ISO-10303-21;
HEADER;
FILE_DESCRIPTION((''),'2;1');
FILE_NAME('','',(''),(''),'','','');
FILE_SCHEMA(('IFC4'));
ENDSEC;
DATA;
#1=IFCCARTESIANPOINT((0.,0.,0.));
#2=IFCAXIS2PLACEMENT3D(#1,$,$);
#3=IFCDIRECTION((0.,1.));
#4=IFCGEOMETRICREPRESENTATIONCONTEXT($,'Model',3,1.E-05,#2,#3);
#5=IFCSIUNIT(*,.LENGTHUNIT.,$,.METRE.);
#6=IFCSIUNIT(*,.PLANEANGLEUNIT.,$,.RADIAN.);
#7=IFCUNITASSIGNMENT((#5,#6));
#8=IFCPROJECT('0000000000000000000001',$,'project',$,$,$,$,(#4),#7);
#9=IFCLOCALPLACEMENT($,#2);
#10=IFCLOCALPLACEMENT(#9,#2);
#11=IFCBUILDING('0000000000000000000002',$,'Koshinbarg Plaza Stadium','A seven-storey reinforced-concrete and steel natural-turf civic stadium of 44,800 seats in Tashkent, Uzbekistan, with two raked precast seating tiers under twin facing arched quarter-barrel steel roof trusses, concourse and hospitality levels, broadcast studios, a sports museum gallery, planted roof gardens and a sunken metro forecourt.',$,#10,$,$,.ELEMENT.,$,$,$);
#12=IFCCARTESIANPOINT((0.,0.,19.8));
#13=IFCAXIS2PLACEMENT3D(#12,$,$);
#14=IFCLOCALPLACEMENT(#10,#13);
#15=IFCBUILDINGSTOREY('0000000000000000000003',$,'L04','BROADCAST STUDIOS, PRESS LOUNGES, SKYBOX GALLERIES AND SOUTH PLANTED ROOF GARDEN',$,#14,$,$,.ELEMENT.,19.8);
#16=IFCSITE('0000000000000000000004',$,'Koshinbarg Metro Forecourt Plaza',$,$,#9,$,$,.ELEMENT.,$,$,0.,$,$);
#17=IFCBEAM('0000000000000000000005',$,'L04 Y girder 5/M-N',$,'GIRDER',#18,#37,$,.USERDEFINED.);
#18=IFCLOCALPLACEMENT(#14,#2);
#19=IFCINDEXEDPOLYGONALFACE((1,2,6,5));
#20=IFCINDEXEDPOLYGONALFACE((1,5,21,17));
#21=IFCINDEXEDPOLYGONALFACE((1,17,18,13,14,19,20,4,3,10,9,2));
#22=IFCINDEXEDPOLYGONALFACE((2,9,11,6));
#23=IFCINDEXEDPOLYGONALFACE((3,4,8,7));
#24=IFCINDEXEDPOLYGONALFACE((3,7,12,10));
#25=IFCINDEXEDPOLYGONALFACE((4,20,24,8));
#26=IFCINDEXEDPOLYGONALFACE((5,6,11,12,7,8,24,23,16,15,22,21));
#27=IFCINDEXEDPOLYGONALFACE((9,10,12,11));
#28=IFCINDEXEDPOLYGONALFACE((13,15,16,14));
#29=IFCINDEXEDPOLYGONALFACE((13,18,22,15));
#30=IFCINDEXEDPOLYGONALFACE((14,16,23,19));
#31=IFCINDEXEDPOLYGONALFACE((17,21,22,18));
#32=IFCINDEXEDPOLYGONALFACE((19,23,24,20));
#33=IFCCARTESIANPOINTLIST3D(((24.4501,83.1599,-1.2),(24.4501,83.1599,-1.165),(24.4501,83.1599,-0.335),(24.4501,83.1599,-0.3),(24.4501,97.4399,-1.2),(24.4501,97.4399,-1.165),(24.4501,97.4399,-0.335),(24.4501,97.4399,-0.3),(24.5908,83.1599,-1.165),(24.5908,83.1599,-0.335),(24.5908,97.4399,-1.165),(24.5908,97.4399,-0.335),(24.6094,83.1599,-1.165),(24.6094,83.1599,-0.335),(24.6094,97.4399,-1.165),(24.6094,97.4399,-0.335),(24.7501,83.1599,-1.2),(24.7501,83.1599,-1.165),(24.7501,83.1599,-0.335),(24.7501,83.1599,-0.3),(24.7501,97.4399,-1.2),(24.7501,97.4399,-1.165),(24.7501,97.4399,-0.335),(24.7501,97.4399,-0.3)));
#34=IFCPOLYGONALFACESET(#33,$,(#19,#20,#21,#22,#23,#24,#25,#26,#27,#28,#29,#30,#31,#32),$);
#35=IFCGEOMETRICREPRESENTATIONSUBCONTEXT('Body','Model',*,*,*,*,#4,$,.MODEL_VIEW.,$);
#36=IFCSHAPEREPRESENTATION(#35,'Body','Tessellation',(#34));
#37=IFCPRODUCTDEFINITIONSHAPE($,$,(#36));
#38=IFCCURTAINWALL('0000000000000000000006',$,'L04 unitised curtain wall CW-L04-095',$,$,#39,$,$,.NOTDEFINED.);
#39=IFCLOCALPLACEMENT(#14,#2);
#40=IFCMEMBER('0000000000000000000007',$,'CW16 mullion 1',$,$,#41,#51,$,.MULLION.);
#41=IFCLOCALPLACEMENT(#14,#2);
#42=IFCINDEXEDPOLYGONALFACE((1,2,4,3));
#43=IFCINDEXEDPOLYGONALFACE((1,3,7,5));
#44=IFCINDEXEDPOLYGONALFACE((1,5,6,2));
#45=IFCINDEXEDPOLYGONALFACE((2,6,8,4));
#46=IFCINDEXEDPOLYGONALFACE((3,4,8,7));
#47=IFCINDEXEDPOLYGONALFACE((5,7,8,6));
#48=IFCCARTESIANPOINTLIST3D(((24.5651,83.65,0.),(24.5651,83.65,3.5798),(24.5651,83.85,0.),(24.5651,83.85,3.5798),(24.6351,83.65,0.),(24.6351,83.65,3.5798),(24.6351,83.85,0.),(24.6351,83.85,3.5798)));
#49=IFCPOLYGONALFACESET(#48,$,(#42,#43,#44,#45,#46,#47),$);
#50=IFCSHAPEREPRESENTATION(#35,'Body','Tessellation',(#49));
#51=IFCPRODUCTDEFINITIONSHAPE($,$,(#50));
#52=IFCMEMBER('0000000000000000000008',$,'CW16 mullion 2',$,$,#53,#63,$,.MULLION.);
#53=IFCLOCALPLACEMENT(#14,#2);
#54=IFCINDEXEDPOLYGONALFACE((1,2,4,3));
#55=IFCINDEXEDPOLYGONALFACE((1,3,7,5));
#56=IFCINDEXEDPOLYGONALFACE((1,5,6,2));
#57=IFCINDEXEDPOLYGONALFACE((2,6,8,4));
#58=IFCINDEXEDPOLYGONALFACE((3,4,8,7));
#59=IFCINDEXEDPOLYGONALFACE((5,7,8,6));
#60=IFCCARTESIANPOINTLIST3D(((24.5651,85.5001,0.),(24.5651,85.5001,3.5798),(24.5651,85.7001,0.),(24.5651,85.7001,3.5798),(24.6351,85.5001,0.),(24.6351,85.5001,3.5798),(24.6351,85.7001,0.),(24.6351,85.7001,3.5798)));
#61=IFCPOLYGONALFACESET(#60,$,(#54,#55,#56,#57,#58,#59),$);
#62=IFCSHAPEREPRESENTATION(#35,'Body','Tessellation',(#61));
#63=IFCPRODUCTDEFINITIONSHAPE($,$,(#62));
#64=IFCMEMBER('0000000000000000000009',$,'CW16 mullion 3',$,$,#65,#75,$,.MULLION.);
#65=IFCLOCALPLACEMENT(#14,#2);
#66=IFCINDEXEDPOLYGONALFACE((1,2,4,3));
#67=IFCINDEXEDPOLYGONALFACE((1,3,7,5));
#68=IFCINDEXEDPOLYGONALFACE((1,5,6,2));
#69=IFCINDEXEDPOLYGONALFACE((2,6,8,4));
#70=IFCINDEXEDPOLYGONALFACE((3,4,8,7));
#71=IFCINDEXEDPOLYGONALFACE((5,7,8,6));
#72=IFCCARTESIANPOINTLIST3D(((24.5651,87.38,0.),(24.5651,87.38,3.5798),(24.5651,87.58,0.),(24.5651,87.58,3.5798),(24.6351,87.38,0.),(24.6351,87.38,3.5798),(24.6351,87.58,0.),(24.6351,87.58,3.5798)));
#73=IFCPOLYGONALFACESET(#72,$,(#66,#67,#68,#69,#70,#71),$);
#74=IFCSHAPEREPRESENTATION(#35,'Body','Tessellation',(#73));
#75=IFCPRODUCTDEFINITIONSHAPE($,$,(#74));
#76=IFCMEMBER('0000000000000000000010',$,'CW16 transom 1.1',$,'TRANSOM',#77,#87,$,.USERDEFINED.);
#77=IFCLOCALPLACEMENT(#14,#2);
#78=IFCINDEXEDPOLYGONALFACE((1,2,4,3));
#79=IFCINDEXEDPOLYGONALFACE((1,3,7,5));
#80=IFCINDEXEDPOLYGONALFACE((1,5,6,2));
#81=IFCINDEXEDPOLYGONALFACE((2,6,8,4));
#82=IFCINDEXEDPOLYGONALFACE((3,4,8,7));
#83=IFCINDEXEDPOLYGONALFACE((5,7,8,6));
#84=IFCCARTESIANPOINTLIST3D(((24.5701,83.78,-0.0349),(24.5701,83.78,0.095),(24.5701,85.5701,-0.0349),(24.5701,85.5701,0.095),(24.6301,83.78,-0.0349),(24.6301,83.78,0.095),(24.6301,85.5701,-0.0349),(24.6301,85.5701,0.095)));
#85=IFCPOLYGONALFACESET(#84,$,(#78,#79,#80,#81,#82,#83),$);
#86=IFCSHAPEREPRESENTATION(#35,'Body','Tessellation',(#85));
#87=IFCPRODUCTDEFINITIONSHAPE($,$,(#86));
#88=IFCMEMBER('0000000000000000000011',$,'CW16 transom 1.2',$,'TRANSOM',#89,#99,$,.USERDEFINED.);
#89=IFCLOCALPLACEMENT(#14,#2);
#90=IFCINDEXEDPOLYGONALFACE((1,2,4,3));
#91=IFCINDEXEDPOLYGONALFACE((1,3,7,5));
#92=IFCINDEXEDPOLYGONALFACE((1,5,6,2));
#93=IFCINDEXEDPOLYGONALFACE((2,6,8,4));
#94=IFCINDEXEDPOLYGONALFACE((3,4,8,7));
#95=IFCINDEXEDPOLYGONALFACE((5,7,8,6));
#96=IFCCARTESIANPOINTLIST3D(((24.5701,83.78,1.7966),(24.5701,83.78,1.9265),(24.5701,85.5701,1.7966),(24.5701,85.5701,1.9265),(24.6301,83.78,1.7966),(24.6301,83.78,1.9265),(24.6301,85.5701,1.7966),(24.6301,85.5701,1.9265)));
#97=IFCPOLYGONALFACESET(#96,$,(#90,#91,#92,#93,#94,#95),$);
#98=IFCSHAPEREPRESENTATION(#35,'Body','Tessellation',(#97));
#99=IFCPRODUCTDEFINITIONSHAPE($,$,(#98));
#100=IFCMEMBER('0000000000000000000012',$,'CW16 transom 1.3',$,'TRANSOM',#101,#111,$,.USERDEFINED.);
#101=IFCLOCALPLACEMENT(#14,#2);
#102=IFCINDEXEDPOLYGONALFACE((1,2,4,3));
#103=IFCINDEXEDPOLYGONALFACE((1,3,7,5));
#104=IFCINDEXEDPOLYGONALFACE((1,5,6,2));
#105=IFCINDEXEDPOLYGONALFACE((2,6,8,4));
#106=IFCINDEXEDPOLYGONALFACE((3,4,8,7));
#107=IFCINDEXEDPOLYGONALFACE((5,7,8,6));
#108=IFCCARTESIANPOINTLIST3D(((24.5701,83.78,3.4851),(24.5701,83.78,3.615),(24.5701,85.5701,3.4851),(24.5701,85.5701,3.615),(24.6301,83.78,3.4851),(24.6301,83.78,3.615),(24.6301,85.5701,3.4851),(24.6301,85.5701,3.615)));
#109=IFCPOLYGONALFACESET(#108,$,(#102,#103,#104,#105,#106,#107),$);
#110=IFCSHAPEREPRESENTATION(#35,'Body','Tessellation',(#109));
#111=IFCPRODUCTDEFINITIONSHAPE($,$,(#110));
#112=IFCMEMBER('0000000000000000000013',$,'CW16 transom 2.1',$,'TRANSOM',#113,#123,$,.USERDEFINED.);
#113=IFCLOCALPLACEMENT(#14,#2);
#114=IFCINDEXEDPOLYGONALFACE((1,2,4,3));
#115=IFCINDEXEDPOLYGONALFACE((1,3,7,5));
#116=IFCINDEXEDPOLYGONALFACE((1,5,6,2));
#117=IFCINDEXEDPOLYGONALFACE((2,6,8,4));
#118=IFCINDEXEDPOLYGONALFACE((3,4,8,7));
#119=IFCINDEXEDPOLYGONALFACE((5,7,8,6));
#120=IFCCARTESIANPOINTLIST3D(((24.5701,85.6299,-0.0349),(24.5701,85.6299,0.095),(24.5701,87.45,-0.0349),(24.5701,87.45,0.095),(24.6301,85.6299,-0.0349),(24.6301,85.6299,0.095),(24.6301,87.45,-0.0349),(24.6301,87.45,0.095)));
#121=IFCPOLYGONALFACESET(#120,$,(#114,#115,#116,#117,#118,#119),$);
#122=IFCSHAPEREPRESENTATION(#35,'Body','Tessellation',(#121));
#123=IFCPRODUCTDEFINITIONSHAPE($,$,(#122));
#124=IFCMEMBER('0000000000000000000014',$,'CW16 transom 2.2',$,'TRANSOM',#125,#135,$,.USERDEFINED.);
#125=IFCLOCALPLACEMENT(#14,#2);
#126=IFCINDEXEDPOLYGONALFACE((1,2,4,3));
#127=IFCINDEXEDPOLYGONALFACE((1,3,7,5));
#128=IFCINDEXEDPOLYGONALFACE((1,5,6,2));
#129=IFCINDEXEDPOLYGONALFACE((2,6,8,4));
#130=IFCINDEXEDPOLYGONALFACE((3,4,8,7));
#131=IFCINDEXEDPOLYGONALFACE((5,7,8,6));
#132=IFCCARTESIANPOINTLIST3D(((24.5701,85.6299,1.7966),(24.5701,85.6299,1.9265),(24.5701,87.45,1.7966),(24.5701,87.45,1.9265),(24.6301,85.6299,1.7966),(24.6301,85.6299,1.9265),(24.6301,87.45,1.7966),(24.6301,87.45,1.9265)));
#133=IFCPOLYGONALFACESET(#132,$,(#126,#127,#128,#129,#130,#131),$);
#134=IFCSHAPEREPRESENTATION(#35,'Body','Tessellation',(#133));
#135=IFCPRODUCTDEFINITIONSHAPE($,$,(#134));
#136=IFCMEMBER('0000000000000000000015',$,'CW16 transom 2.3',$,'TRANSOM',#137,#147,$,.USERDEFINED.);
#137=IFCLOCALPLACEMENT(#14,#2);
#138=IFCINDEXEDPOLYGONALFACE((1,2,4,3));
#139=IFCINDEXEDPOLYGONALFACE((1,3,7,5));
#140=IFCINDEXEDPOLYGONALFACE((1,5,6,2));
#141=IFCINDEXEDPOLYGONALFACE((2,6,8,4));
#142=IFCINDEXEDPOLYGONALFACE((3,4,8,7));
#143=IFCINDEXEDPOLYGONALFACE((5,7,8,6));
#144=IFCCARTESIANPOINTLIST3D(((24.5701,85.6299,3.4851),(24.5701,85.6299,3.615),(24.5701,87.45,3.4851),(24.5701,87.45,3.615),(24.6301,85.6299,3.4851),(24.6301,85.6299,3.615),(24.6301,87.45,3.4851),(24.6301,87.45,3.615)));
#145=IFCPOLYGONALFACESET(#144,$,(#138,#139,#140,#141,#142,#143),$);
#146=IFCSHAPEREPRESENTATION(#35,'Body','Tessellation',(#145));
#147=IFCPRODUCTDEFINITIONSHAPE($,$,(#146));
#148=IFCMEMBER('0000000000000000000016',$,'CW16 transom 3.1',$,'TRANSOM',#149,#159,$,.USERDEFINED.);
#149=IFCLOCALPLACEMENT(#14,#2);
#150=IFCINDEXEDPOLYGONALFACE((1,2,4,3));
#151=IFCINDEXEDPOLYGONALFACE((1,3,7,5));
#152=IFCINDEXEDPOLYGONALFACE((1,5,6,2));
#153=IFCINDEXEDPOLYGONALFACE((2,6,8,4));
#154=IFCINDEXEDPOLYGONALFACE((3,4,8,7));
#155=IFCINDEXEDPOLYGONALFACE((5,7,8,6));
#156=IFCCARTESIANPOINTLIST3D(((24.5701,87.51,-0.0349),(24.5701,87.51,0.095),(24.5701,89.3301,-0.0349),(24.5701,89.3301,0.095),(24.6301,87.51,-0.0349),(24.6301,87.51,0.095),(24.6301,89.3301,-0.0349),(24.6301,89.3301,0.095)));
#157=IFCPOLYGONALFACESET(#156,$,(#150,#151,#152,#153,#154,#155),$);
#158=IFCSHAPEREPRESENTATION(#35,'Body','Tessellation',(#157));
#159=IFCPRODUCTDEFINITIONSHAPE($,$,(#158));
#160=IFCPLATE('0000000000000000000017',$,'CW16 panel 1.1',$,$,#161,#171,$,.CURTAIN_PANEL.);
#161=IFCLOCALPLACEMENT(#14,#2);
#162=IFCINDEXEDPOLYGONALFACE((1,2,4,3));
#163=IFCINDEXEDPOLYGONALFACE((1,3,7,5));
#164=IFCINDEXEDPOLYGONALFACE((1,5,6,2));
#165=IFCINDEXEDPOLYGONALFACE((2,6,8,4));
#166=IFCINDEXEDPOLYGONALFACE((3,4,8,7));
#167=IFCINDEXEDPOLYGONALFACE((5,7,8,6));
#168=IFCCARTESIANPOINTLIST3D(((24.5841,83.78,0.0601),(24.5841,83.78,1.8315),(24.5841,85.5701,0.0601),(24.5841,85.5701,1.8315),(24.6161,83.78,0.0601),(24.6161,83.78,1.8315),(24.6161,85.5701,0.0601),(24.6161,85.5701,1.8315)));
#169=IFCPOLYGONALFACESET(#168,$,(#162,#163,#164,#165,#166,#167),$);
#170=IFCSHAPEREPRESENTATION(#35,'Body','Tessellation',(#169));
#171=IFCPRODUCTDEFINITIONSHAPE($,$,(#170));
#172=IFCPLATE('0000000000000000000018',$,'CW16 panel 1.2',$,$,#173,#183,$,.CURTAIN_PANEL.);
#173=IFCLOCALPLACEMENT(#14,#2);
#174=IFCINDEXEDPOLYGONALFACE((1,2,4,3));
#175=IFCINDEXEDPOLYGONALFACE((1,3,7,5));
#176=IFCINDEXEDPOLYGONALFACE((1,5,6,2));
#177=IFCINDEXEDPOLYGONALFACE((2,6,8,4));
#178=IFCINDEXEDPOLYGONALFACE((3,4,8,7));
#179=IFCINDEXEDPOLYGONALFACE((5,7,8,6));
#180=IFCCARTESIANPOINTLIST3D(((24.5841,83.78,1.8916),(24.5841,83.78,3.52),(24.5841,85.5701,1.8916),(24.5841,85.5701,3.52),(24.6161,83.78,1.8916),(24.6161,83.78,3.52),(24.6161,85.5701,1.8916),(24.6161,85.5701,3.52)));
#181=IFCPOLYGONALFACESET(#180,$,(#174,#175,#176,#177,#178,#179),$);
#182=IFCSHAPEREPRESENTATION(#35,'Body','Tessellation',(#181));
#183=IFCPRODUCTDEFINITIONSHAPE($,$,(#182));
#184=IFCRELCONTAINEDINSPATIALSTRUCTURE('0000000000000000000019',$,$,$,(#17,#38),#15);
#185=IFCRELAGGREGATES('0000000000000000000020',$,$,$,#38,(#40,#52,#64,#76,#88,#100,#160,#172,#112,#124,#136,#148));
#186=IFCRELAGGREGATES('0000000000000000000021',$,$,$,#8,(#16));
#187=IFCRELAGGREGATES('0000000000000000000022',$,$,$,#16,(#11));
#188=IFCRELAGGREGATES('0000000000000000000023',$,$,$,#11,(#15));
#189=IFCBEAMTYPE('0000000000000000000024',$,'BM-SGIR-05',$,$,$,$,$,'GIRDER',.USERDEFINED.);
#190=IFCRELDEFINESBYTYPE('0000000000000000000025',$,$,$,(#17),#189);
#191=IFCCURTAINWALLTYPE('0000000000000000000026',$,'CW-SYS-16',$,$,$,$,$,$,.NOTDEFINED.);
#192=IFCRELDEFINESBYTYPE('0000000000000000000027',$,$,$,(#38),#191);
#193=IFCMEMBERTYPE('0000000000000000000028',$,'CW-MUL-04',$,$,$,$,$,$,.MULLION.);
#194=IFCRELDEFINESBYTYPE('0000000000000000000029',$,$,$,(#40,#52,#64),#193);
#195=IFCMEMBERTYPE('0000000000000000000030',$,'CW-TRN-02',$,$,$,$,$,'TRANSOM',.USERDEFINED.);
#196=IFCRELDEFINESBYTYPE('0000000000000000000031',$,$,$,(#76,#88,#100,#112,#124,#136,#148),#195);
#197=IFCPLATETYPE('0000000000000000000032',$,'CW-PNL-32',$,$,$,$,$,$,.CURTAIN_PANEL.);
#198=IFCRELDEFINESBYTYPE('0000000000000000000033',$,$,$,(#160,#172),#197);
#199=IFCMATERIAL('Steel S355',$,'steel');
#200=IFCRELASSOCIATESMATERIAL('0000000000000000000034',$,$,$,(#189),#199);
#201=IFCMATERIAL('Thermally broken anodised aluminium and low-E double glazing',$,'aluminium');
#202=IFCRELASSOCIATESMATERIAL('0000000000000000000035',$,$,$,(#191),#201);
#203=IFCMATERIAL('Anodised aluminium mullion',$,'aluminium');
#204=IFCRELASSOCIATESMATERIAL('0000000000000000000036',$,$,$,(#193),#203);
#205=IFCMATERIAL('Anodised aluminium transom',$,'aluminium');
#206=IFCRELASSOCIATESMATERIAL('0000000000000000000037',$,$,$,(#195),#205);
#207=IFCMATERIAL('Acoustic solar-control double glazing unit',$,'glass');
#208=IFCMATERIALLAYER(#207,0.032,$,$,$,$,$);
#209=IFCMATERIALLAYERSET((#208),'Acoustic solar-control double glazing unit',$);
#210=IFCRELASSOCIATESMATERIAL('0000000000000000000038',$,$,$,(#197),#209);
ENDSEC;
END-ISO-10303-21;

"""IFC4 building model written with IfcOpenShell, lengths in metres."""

from ifc_helpers import new_model, si_unit, direction, frame, origin, origin_2d, place, context, subcontext, project, spatial, rectangle, i_section, extrude, material, layer, layer_set, material_profile, profile_set, type_object, element, aggregate, save


model = new_model("IFC4")

# Units and contexts
model_context = context("Model", 3, precision=1e-05, world=origin(), true_north=direction((0.0, 1.0)))
body_context = subcontext(model_context, "Body", "Model", "MODEL_VIEW")
ifc_project = project(units=[si_unit("LENGTHUNIT", "METRE"), si_unit("PLANEANGLEUNIT", "RADIAN")], contexts=[model_context])

# Site, building, storey
site_placement = place(None, origin())
site = spatial("IfcSite", under=ifc_project, at=site_placement, Name="Koshinbarg Metro Forecourt Plaza", CompositionType="ELEMENT", RefElevation=0.0)
building_placement = place(site_placement, origin())
building = spatial("IfcBuilding", under=site, at=building_placement, Name="Koshinbarg Plaza Stadium", Description="A seven-storey reinforced-concrete and steel natural-turf civic stadium of 44,800 seats in Tashkent, Uzbekistan, with two raked precast seating tiers under twin facing arched quarter-barrel steel roof trusses, concourse and hospitality levels, broadcast studios, a sports museum gallery, planted roof gardens and a sunken metro forecourt.", CompositionType="ELEMENT")
storey_placement = place(building_placement, frame((0.0, 0.0, 19.8)))
storey = spatial("IfcBuildingStorey", under=building, at=storey_placement, Name="L04", Description="BROADCAST STUDIOS, PRESS LOUNGES, SKYBOX GALLERIES AND SOUTH PLANTED ROOF GARDEN", CompositionType="ELEMENT", Elevation=19.8)

# Beam
ifc_material_1 = material(Name="Steel S355", Category="steel")
ifc_material_profile_1 = material_profile(ifc_material_1, i_section(OverallWidth=0.3, OverallDepth=0.8999, WebThickness=0.0186, FlangeThickness=0.0349, at=origin_2d()), Name="HEB 900")
ifc_profile_set_1 = profile_set([ifc_material_profile_1], Name="Steel S355")
beam_type = type_object("IfcBeamType", Name="BM-SGIR-05", ElementType="GIRDER", PredefinedType="USERDEFINED", material=ifc_profile_set_1)
beam_placement = place(storey_placement, frame((24.6001, 83.1599, -0.75), z_axis=(0.0, 1.0, 0.0), x_axis=(-1.0, 0.0, 0.0)))
element("IfcBeam", 1, at=beam_placement, inside=storey, type_object=beam_type, Name="L04 Y girder 5/M-N", ObjectType="GIRDER", PredefinedType="USERDEFINED", context=body_context, shape_type="SweptSolid", body=[
    extrude(i_section(OverallWidth=0.3, OverallDepth=0.8999, WebThickness=0.0186, FlangeThickness=0.0349, at=origin_2d()), origin(), (0.0, 0.0, 1.0), 14.28),
])

# Curtain wall, members, plates
ifc_material_2 = material(Name="Thermally broken anodised aluminium and low-E double glazing", Category="aluminium")
curtain_wall_type = type_object("IfcCurtainWallType", Name="CW-SYS-16", PredefinedType="NOTDEFINED", material=ifc_material_2)
curtain_wall_placement = place(storey_placement, origin())
curtain_wall = element("IfcCurtainWall", 2, at=curtain_wall_placement, inside=storey, type_object=curtain_wall_type, Name="L04 unitised curtain wall CW-L04-095", PredefinedType="NOTDEFINED")
ifc_material_3 = material(Name="Anodised aluminium mullion", Category="aluminium")
ifc_material_profile_2 = material_profile(ifc_material_3, rectangle(XDim=0.0701, YDim=0.2, at=origin_2d()), Name="ALU 70x200")
ifc_profile_set_2 = profile_set([ifc_material_profile_2], Name="Anodised aluminium mullion")
member_type_1 = type_object("IfcMemberType", Name="CW-MUL-04", PredefinedType="MULLION", material=ifc_profile_set_2)
member_1_placement = place(storey_placement, frame((24.6001, 83.75, 0.0), z_axis=(0.0, 0.0, 1.0), x_axis=(-1.0, 0.0, 0.0)))
member_1 = element("IfcMember", 3, at=member_1_placement, type_object=member_type_1, Name="CW16 mullion 1", PredefinedType="MULLION", context=body_context, shape_type="SweptSolid", body=[
    extrude(rectangle(XDim=0.0701, YDim=0.2, at=origin_2d()), origin(), (0.0, 0.0, 1.0), 3.5798),
])
member_2_placement = place(storey_placement, frame((24.6001, 85.6001, 0.0), z_axis=(0.0, 0.0, 1.0), x_axis=(-1.0, 0.0, 0.0)))
member_2 = element("IfcMember", 4, at=member_2_placement, type_object=member_type_1, Name="CW16 mullion 2", PredefinedType="MULLION", context=body_context, shape_type="SweptSolid", body=[
    extrude(rectangle(XDim=0.0701, YDim=0.2, at=origin_2d()), origin(), (0.0, 0.0, 1.0), 3.5798),
])
member_3_placement = place(storey_placement, frame((24.6001, 87.48, 0.0), z_axis=(0.0, 0.0, 1.0), x_axis=(-1.0, 0.0, 0.0)))
member_3 = element("IfcMember", 5, at=member_3_placement, type_object=member_type_1, Name="CW16 mullion 3", PredefinedType="MULLION", context=body_context, shape_type="SweptSolid", body=[
    extrude(rectangle(XDim=0.0701, YDim=0.2, at=origin_2d()), origin(), (0.0, 0.0, 1.0), 3.5798),
])
ifc_material_4 = material(Name="Anodised aluminium transom", Category="aluminium")
ifc_material_profile_3 = material_profile(ifc_material_4, rectangle(XDim=0.0601, YDim=0.1299, at=origin_2d()), Name="ALU 60x130")
ifc_profile_set_3 = profile_set([ifc_material_profile_3], Name="Anodised aluminium transom")
member_type_2 = type_object("IfcMemberType", Name="CW-TRN-02", ElementType="TRANSOM", PredefinedType="USERDEFINED", material=ifc_profile_set_3)
member_4_placement = place(storey_placement, frame((24.6001, 83.78, 0.03), z_axis=(0.0, 1.0, 0.0), x_axis=(-1.0, 0.0, 0.0)))
member_4 = element("IfcMember", 6, at=member_4_placement, type_object=member_type_2, Name="CW16 transom 1.1", ObjectType="TRANSOM", PredefinedType="USERDEFINED", context=body_context, shape_type="SweptSolid", body=[
    extrude(rectangle(XDim=0.0601, YDim=0.1299, at=origin_2d()), origin(), (0.0, 0.0, 1.0), 1.79),
])
member_5_placement = place(storey_placement, frame((24.6001, 83.78, 1.8616), z_axis=(0.0, 1.0, 0.0), x_axis=(-1.0, 0.0, 0.0)))
member_5 = element("IfcMember", 7, at=member_5_placement, type_object=member_type_2, Name="CW16 transom 1.2", ObjectType="TRANSOM", PredefinedType="USERDEFINED", context=body_context, shape_type="SweptSolid", body=[
    extrude(rectangle(XDim=0.0601, YDim=0.1299, at=origin_2d()), origin(), (0.0, 0.0, 1.0), 1.79),
])
member_6_placement = place(storey_placement, frame((24.6001, 83.78, 3.55), z_axis=(0.0, 1.0, 0.0), x_axis=(-1.0, 0.0, 0.0)))
member_6 = element("IfcMember", 8, at=member_6_placement, type_object=member_type_2, Name="CW16 transom 1.3", ObjectType="TRANSOM", PredefinedType="USERDEFINED", context=body_context, shape_type="SweptSolid", body=[
    extrude(rectangle(XDim=0.0601, YDim=0.1299, at=origin_2d()), origin(), (0.0, 0.0, 1.0), 1.79),
])
member_7_placement = place(storey_placement, frame((24.6001, 85.6299, 0.03), z_axis=(0.0, 1.0, 0.0), x_axis=(-1.0, 0.0, 0.0)))
member_7 = element("IfcMember", 9, at=member_7_placement, type_object=member_type_2, Name="CW16 transom 2.1", ObjectType="TRANSOM", PredefinedType="USERDEFINED", context=body_context, shape_type="SweptSolid", body=[
    extrude(rectangle(XDim=0.0601, YDim=0.1299, at=origin_2d()), origin(), (0.0, 0.0, 1.0), 1.8201),
])
member_8_placement = place(storey_placement, frame((24.6001, 85.6299, 1.8616), z_axis=(0.0, 1.0, 0.0), x_axis=(-1.0, 0.0, 0.0)))
member_8 = element("IfcMember", 10, at=member_8_placement, type_object=member_type_2, Name="CW16 transom 2.2", ObjectType="TRANSOM", PredefinedType="USERDEFINED", context=body_context, shape_type="SweptSolid", body=[
    extrude(rectangle(XDim=0.0601, YDim=0.1299, at=origin_2d()), origin(), (0.0, 0.0, 1.0), 1.8201),
])
member_9_placement = place(storey_placement, frame((24.6001, 85.6299, 3.55), z_axis=(0.0, 1.0, 0.0), x_axis=(-1.0, 0.0, 0.0)))
member_9 = element("IfcMember", 11, at=member_9_placement, type_object=member_type_2, Name="CW16 transom 2.3", ObjectType="TRANSOM", PredefinedType="USERDEFINED", context=body_context, shape_type="SweptSolid", body=[
    extrude(rectangle(XDim=0.0601, YDim=0.1299, at=origin_2d()), origin(), (0.0, 0.0, 1.0), 1.8201),
])
member_10_placement = place(storey_placement, frame((24.6001, 87.51, 0.03), z_axis=(0.0, 1.0, 0.0), x_axis=(-1.0, 0.0, 0.0)))
member_10 = element("IfcMember", 12, at=member_10_placement, type_object=member_type_2, Name="CW16 transom 3.1", ObjectType="TRANSOM", PredefinedType="USERDEFINED", context=body_context, shape_type="SweptSolid", body=[
    extrude(rectangle(XDim=0.0601, YDim=0.1299, at=origin_2d()), origin(), (0.0, 0.0, 1.0), 1.8201),
])
ifc_material_5 = material(Name="Acoustic solar-control double glazing unit", Category="glass")
ifc_layer_1 = layer(ifc_material_5, 0.032)
ifc_layer_set_1 = layer_set([ifc_layer_1], Name="Acoustic solar-control double glazing unit")
plate_type_1 = type_object("IfcPlateType", Name="CW-PNL-32", PredefinedType="CURTAIN_PANEL", material=ifc_layer_set_1)
plate_1_placement = place(storey_placement, frame((24.6001, 84.675, 0.0601), z_axis=(0.0, 0.0, 1.0), x_axis=(0.0, 1.0, 0.0)))
plate_1 = element("IfcPlate", 13, at=plate_1_placement, type_object=plate_type_1, Name="CW16 panel 1.1", PredefinedType="CURTAIN_PANEL", context=body_context, shape_type="SweptSolid", body=[
    extrude(rectangle(XDim=1.79, YDim=0.032, at=origin_2d()), origin(), (0.0, 0.0, 1.0), 1.7715),
])
plate_2_placement = place(storey_placement, frame((24.6001, 84.675, 1.8916), z_axis=(0.0, 0.0, 1.0), x_axis=(0.0, 1.0, 0.0)))
plate_2 = element("IfcPlate", 14, at=plate_2_placement, type_object=plate_type_1, Name="CW16 panel 1.2", PredefinedType="CURTAIN_PANEL", context=body_context, shape_type="SweptSolid", body=[
    extrude(rectangle(XDim=1.79, YDim=0.032, at=origin_2d()), origin(), (0.0, 0.0, 1.0), 1.6284),
])
aggregate(curtain_wall, [member_1, member_2, member_3, member_4, member_5, member_6, plate_1, plate_2, member_7, member_8, member_9, member_10])

save(model, "model.ifc")
